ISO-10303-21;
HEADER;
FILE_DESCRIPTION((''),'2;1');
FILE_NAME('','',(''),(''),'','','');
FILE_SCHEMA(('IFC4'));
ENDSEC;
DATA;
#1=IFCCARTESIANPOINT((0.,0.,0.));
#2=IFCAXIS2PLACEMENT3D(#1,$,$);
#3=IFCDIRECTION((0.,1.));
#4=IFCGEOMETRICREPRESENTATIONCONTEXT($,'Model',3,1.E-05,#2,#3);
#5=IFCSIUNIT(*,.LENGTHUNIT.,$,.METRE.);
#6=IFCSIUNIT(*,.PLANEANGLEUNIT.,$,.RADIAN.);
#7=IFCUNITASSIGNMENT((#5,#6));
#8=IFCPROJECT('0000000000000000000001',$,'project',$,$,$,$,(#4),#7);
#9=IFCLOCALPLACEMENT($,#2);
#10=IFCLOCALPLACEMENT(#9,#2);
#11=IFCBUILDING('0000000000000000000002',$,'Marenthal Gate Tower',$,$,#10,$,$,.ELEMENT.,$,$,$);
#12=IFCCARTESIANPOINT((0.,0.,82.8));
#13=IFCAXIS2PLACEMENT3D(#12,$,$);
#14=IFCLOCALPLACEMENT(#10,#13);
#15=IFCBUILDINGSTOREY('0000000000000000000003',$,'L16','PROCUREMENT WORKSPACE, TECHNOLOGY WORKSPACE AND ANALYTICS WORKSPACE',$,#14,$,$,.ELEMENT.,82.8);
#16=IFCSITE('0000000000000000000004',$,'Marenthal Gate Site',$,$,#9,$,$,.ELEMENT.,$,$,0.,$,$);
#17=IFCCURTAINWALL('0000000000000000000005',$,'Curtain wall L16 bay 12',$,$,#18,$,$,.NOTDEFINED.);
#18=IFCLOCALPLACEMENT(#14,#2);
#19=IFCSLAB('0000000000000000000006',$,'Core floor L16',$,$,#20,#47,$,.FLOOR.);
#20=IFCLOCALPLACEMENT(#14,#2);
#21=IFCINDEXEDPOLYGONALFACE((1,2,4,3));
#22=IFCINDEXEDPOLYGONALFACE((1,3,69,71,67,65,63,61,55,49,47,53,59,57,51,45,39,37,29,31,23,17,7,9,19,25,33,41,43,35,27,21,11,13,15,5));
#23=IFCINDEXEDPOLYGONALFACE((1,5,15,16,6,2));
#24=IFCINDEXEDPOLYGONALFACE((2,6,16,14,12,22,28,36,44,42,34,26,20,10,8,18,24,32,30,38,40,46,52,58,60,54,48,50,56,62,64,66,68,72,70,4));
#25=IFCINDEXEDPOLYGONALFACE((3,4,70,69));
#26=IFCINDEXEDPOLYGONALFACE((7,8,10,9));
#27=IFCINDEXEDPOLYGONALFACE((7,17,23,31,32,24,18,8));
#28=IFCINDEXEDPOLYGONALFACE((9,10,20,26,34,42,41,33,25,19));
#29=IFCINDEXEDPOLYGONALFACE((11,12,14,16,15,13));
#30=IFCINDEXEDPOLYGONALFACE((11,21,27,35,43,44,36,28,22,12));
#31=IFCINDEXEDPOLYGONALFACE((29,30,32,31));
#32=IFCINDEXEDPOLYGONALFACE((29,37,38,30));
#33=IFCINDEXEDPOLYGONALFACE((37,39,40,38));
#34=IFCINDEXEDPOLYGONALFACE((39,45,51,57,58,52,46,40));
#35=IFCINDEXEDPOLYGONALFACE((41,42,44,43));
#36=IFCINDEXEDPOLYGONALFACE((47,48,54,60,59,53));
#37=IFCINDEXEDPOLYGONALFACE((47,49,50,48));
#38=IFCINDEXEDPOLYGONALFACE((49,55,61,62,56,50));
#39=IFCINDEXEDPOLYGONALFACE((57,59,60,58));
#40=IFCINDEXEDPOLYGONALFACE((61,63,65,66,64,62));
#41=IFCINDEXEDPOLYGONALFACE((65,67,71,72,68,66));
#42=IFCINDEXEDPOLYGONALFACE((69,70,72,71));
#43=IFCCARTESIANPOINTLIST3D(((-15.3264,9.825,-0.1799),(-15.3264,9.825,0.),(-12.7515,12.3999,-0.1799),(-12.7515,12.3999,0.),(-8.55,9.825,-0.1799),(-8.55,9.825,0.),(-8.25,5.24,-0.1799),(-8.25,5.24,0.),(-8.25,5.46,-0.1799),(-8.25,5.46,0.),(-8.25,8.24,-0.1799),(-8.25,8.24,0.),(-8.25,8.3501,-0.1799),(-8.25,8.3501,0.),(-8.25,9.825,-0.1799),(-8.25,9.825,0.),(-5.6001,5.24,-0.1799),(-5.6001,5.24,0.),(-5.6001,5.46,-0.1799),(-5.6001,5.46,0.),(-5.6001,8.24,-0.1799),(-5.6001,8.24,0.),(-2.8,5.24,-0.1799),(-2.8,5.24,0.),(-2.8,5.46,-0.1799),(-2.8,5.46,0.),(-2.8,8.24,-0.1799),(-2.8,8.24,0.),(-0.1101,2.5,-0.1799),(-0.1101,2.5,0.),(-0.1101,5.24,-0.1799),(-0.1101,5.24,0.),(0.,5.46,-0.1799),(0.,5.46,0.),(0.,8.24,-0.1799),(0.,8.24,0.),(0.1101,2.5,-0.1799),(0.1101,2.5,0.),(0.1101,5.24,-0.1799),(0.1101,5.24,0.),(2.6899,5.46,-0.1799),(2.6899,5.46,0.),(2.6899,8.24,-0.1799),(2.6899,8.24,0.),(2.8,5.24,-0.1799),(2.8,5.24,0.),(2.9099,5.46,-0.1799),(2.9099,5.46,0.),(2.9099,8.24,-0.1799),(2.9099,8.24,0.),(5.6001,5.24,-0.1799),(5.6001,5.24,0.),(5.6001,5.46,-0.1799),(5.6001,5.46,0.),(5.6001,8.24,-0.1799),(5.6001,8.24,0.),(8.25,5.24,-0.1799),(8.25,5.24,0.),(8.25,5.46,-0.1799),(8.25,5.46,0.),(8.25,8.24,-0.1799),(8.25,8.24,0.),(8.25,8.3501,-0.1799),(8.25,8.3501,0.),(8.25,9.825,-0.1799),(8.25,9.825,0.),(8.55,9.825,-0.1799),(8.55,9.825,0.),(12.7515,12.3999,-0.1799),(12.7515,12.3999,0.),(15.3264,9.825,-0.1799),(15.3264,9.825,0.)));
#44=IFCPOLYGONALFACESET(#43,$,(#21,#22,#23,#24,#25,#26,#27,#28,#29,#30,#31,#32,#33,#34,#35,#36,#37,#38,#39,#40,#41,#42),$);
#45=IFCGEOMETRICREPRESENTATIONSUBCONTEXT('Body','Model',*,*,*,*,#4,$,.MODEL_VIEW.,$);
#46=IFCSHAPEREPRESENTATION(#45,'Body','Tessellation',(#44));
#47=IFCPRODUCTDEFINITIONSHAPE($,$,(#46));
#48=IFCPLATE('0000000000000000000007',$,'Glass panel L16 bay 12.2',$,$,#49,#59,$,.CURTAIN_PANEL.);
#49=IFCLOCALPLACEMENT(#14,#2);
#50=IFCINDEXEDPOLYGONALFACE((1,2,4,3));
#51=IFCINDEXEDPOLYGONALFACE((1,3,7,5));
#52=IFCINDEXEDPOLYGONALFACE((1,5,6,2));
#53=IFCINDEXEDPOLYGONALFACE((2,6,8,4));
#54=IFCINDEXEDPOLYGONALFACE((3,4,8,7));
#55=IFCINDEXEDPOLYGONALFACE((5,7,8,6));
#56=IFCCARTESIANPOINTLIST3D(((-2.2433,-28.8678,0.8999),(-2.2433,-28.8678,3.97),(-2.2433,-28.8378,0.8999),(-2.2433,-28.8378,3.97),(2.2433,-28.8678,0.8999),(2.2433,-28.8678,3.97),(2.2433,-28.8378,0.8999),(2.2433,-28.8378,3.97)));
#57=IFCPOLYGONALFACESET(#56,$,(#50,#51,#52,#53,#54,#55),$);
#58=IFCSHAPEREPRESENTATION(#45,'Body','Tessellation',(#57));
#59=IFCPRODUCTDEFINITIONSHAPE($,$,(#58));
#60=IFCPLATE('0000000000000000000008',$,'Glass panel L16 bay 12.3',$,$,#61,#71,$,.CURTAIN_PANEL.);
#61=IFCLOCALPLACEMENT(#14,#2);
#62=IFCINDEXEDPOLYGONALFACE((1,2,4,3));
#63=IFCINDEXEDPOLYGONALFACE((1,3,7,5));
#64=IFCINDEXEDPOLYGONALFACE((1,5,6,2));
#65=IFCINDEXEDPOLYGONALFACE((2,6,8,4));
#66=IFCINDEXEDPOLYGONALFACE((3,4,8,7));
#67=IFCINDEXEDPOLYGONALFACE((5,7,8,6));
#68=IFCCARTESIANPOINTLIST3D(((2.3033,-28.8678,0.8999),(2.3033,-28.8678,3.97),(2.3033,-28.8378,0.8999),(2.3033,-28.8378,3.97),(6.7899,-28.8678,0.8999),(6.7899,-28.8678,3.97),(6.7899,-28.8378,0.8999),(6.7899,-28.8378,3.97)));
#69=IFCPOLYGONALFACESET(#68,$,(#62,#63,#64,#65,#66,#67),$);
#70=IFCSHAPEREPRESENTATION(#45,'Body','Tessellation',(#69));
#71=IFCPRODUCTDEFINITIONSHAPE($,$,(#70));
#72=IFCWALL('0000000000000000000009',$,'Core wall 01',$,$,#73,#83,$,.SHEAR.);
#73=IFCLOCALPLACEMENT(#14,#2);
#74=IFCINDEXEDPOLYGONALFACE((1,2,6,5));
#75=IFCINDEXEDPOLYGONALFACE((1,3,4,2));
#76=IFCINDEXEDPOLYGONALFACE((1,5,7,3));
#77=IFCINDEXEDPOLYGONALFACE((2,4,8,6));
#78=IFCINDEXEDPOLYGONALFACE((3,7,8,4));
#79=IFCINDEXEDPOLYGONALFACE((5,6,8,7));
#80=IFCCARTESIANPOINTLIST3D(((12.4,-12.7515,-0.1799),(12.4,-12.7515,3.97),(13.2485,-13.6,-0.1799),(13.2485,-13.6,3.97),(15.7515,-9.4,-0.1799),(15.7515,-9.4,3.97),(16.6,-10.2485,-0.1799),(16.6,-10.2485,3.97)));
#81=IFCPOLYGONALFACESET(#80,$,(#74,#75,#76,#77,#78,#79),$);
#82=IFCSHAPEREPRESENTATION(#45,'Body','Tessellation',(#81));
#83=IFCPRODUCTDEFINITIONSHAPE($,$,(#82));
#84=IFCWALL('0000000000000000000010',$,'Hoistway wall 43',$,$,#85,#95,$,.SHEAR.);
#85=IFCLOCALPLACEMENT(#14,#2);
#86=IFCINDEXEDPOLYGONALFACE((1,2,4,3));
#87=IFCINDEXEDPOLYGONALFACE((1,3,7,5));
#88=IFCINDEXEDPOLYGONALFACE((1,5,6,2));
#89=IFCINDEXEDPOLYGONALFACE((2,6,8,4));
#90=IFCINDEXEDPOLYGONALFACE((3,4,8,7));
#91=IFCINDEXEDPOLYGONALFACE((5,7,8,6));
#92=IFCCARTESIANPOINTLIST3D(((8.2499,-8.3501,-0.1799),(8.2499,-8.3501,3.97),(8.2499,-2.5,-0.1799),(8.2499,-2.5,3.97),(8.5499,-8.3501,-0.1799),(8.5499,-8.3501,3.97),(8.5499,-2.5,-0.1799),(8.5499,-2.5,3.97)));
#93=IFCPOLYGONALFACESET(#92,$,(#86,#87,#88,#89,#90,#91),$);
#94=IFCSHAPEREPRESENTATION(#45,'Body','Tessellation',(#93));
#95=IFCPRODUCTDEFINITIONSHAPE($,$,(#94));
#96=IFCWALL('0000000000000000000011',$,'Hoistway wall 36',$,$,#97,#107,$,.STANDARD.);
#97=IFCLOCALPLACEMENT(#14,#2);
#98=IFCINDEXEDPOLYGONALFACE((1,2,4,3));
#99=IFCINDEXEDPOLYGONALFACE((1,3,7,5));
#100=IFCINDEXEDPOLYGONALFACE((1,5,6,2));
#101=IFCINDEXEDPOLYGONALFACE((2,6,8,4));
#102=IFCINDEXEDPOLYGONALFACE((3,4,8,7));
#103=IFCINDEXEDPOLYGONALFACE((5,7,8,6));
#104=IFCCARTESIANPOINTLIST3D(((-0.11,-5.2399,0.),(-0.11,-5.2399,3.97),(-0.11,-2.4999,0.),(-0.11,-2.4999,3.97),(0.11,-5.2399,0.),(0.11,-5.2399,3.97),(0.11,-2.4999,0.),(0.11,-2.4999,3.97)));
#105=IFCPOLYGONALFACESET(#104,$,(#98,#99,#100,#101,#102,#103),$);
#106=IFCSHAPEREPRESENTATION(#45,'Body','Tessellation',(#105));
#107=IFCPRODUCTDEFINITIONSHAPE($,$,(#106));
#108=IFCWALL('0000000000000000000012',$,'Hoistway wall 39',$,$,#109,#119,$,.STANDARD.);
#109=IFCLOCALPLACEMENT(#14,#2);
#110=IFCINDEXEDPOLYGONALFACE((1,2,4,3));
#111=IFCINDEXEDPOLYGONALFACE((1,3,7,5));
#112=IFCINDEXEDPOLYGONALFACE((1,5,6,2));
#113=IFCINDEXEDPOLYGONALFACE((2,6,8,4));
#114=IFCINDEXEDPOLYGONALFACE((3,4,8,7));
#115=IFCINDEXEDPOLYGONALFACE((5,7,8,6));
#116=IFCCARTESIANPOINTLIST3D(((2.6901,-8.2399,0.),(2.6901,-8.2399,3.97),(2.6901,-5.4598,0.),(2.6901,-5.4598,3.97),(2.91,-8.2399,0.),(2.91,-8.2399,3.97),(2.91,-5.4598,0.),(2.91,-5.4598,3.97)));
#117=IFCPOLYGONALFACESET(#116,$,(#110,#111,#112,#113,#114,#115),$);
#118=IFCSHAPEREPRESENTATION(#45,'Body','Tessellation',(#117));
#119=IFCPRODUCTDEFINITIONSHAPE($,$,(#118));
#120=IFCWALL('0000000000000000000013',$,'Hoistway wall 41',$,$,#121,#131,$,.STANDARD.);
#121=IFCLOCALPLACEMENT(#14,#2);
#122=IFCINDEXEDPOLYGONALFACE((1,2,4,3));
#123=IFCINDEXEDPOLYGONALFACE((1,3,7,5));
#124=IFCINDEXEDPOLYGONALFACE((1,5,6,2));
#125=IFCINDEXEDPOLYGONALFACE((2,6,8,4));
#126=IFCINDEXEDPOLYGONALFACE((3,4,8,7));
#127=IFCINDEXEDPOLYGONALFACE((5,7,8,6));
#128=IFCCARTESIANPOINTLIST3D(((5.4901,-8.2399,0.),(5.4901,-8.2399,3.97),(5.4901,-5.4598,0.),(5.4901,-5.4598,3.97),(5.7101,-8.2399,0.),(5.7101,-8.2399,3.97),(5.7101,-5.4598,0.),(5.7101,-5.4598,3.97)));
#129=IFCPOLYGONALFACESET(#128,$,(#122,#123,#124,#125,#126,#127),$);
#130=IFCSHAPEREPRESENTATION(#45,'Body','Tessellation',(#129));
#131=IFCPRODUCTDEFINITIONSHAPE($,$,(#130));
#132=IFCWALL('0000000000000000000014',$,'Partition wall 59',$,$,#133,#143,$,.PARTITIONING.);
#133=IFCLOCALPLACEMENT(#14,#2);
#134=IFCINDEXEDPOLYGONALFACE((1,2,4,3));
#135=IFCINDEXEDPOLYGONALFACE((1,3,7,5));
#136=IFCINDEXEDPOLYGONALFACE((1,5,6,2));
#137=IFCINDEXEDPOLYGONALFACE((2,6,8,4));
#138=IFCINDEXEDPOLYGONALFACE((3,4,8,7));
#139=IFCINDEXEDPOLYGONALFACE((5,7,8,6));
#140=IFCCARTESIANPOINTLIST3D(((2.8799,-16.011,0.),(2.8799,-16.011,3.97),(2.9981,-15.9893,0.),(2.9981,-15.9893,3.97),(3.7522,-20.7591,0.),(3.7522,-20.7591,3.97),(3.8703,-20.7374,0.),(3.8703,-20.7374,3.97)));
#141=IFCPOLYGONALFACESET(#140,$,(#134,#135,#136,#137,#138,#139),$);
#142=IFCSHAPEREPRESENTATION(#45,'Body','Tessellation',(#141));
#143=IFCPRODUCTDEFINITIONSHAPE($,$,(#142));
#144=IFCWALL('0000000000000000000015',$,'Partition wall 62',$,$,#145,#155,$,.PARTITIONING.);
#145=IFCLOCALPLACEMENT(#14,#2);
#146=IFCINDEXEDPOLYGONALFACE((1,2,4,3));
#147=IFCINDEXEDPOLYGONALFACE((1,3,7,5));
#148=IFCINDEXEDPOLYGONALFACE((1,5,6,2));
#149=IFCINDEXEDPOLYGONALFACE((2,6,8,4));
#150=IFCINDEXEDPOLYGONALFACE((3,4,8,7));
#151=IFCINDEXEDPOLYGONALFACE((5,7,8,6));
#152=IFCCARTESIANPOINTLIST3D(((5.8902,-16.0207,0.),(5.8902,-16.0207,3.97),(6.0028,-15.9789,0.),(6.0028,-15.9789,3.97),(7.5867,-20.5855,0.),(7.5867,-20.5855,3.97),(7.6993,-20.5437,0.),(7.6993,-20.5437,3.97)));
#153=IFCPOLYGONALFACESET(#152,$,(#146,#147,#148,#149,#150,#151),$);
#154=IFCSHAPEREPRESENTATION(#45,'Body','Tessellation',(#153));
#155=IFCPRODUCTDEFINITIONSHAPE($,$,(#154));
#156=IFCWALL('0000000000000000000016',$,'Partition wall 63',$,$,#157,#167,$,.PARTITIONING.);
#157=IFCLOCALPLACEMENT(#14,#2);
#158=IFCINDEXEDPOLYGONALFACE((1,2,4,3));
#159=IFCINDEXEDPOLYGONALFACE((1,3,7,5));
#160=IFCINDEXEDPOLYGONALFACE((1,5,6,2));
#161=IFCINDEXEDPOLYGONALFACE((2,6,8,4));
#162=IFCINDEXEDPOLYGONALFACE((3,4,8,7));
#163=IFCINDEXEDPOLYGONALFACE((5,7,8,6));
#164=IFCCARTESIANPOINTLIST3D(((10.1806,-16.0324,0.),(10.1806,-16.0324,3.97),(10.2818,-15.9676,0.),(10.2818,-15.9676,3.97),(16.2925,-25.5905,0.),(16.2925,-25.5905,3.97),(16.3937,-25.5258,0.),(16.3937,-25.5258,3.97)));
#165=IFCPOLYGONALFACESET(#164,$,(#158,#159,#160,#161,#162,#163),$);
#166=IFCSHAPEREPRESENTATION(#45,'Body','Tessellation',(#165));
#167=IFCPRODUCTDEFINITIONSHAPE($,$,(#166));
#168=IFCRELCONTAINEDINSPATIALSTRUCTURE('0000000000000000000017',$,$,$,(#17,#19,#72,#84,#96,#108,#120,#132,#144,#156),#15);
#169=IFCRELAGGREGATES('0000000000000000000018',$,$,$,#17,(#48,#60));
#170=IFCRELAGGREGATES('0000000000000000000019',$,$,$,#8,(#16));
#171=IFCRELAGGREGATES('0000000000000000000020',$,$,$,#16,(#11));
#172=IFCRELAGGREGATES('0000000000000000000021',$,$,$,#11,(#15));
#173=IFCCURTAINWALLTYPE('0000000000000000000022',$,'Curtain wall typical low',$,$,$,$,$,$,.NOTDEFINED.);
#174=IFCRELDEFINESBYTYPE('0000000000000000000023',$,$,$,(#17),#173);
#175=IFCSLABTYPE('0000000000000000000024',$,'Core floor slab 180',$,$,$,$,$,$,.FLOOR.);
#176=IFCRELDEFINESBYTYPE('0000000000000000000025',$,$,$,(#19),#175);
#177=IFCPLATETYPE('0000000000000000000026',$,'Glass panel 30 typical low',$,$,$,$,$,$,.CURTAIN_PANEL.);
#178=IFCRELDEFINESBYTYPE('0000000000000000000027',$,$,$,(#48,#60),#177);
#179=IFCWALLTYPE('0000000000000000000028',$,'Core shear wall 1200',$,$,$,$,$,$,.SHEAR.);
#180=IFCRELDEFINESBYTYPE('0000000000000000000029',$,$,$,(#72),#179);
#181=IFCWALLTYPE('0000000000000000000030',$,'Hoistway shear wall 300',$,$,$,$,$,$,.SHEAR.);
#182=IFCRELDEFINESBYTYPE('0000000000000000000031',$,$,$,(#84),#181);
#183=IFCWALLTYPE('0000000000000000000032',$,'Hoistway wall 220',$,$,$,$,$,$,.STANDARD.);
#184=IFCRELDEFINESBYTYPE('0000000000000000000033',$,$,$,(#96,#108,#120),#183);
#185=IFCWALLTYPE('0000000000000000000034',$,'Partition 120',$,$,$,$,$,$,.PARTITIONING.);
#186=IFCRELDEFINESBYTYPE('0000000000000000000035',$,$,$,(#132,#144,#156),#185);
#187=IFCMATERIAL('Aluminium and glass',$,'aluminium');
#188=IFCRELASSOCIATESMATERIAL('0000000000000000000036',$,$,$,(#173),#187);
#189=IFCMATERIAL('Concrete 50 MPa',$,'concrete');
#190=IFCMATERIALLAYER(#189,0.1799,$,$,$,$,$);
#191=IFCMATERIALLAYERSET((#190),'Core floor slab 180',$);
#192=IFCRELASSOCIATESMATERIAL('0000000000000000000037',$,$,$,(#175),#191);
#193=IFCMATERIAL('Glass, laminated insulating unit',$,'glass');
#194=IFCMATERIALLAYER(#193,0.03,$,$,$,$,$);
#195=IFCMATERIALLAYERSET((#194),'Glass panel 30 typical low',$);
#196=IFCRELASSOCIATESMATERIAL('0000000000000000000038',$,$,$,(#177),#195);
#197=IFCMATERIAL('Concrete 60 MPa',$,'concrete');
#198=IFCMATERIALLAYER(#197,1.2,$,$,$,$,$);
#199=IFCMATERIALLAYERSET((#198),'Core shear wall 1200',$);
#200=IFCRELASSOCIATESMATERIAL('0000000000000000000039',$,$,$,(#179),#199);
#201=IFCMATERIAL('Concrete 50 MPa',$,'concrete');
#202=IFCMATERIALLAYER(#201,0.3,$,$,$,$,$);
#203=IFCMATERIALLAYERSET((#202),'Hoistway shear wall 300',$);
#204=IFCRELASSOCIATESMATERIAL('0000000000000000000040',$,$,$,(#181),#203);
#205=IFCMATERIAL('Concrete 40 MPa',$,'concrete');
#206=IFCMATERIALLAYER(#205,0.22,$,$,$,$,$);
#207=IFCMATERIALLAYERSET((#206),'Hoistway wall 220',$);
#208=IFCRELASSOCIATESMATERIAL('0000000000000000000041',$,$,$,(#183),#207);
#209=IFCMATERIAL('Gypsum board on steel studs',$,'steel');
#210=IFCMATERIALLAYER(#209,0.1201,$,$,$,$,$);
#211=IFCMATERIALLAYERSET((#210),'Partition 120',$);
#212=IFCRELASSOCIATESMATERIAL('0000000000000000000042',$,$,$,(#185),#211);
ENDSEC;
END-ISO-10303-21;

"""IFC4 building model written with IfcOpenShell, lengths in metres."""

from ifc_helpers import new_model, si_unit, direction, frame, frame_2d, origin, origin_2d, place, context, subcontext, project, spatial, polyline, rectangle, outline, extrude, material, layer, layer_set, type_object, element, aggregate, save


model = new_model("IFC4")

# Units and contexts
model_context = context("Model", 3, precision=1e-05, world=origin(), true_north=direction((0.0, 1.0)))
body_context = subcontext(model_context, "Body", "Model", "MODEL_VIEW")
ifc_project = project(units=[si_unit("LENGTHUNIT", "METRE"), si_unit("PLANEANGLEUNIT", "RADIAN")], contexts=[model_context])

# Site, building, storey
site_placement = place(None, origin())
site = spatial("IfcSite", under=ifc_project, at=site_placement, Name="Marenthal Gate Site", CompositionType="ELEMENT", RefElevation=0.0)
building_placement = place(site_placement, origin())
building = spatial("IfcBuilding", under=site, at=building_placement, Name="Marenthal Gate Tower", CompositionType="ELEMENT")
storey_placement = place(building_placement, frame((0.0, 0.0, 82.8)))
storey = spatial("IfcBuildingStorey", under=building, at=storey_placement, Name="L16", Description="PROCUREMENT WORKSPACE, TECHNOLOGY WORKSPACE AND ANALYTICS WORKSPACE", CompositionType="ELEMENT", Elevation=82.8)

# Curtain wall
ifc_material_1 = material(Name="Aluminium and glass", Category="aluminium")
curtain_wall_type = type_object("IfcCurtainWallType", Name="Curtain wall typical low", PredefinedType="NOTDEFINED", material=ifc_material_1)
curtain_wall_placement = place(storey_placement, origin())
curtain_wall = element("IfcCurtainWall", 1, at=curtain_wall_placement, inside=storey, type_object=curtain_wall_type, Name="Curtain wall L16 bay 12", PredefinedType="NOTDEFINED")

# Slab
ifc_material_2 = material(Name="Concrete 50 MPa", Category="concrete")
ifc_layer_1 = layer(ifc_material_2, 0.1799)
ifc_layer_set_1 = layer_set([ifc_layer_1], Name="Core floor slab 180")
slab_type_1 = type_object("IfcSlabType", Name="Core floor slab 180", PredefinedType="FLOOR", material=ifc_layer_set_1)
slab_1_placement = place(storey_placement, frame((0.0, 0.0, -0.1799)))
element("IfcSlab", 2, at=slab_1_placement, inside=storey, type_object=slab_type_1, Name="Core floor L16", PredefinedType="FLOOR", context=body_context, shape_type="SweptSolid", body=[
    extrude(outline(polyline([(12.7515, 12.3999), (15.3264, 9.825), (8.55, 9.825), (8.25, 9.825), (8.25, 8.3501), (8.25, 8.24), (5.6001, 8.24), (2.9099, 8.24), (2.9099, 5.46), (5.6001, 5.46), (8.25, 5.46), (8.25, 5.24), (5.6001, 5.24), (2.8, 5.24), (0.1101, 5.24), (0.1101, 2.5), (-0.1101, 2.5), (-0.1101, 5.24), (-2.8, 5.24), (-5.6001, 5.24), (-8.25, 5.24), (-8.25, 5.46), (-5.6001, 5.46), (-2.8, 5.46), (0.0, 5.46), (2.6899, 5.46), (2.6899, 8.24), (0.0, 8.24), (-2.8, 8.24), (-5.6001, 8.24), (-8.25, 8.24), (-8.25, 8.3501), (-8.25, 9.825), (-8.55, 9.825), (-15.3264, 9.825), (-12.7515, 12.3999), (12.7515, 12.3999)])), origin(), (0.0, 0.0, 1.0), 0.1799),
])

# Plates
ifc_material_3 = material(Name="Glass, laminated insulating unit", Category="glass")
ifc_layer_2 = layer(ifc_material_3, 0.03)
ifc_layer_set_2 = layer_set([ifc_layer_2], Name="Glass panel 30 typical low")
plate_type = type_object("IfcPlateType", Name="Glass panel 30 typical low", PredefinedType="CURTAIN_PANEL", material=ifc_layer_set_2)
plate_1_placement = place(storey_placement, frame((0.0, -28.8528, 0.8999), z_axis=(0.0, 0.0, 1.0), x_axis=(1.0, 0.0, 0.0)))
plate_1 = element("IfcPlate", 3, at=plate_1_placement, type_object=plate_type, Name="Glass panel L16 bay 12.2", PredefinedType="CURTAIN_PANEL", context=body_context, shape_type="SweptSolid", body=[
    extrude(rectangle(XDim=4.4866, YDim=0.03, at=origin_2d()), origin(), (0.0, 0.0, 1.0), 3.0701),
])
plate_2_placement = place(storey_placement, frame((4.5466, -28.8528, 0.8999), z_axis=(0.0, 0.0, 1.0), x_axis=(1.0, 0.0, 0.0)))
plate_2 = element("IfcPlate", 4, at=plate_2_placement, type_object=plate_type, Name="Glass panel L16 bay 12.3", PredefinedType="CURTAIN_PANEL", context=body_context, shape_type="SweptSolid", body=[
    extrude(rectangle(XDim=4.4866, YDim=0.03, at=origin_2d()), origin(), (0.0, 0.0, 1.0), 3.0701),
])
aggregate(curtain_wall, [plate_1, plate_2])

# Walls
ifc_material_4 = material(Name="Concrete 60 MPa", Category="concrete")
ifc_layer_3 = layer(ifc_material_4, 1.2)
ifc_layer_set_3 = layer_set([ifc_layer_3], Name="Core shear wall 1200")
wall_type_1 = type_object("IfcWallType", Name="Core shear wall 1200", PredefinedType="SHEAR", material=ifc_layer_set_3)
wall_1_placement = place(storey_placement, frame((12.8242, -13.1758, -0.1799), z_axis=(0.0, 0.0, 1.0), x_axis=(0.707107, 0.707107, 0.0)))
element("IfcWall", 5, at=wall_1_placement, inside=storey, type_object=wall_type_1, Name="Core wall 01", PredefinedType="SHEAR", context=body_context, shape_type="SweptSolid", body=[
    extrude(rectangle(XDim=4.7397, YDim=1.2, at=frame_2d((2.3699, 0.0))), origin(), (0.0, 0.0, 1.0), 4.1499),
])
ifc_material_5 = material(Name="Concrete 50 MPa", Category="concrete")
ifc_layer_4 = layer(ifc_material_5, 0.3)
ifc_layer_set_4 = layer_set([ifc_layer_4], Name="Hoistway shear wall 300")
wall_type_2 = type_object("IfcWallType", Name="Hoistway shear wall 300", PredefinedType="SHEAR", material=ifc_layer_set_4)
wall_2_placement = place(storey_placement, frame((8.3999, -8.3501, -0.1799), z_axis=(0.0, 0.0, 1.0), x_axis=(0.0, 1.0, 0.0)))
element("IfcWall", 6, at=wall_2_placement, inside=storey, type_object=wall_type_2, Name="Hoistway wall 43", PredefinedType="SHEAR", context=body_context, shape_type="SweptSolid", body=[
    extrude(rectangle(XDim=5.8501, YDim=0.3, at=frame_2d((2.925, 0.0))), origin(), (0.0, 0.0, 1.0), 4.1499),
])
ifc_material_6 = material(Name="Concrete 40 MPa", Category="concrete")
ifc_layer_5 = layer(ifc_material_6, 0.22)
ifc_layer_set_5 = layer_set([ifc_layer_5], Name="Hoistway wall 220")
wall_type_3 = type_object("IfcWallType", Name="Hoistway wall 220", PredefinedType="STANDARD", material=ifc_layer_set_5)
wall_3_placement = place(storey_placement, frame((0.0, -5.24, 0.0), z_axis=(0.0, 0.0, 1.0), x_axis=(0.0, 1.0, 0.0)))
element("IfcWall", 7, at=wall_3_placement, inside=storey, type_object=wall_type_3, Name="Hoistway wall 36", PredefinedType="STANDARD", context=body_context, shape_type="SweptSolid", body=[
    extrude(rectangle(XDim=2.74, YDim=0.22, at=frame_2d((1.3701, 0.0))), origin(), (0.0, 0.0, 1.0), 3.97),
])
for number, where, z_axis, x_axis, name in (
    (8, (2.8, -8.24, 0.0), (0.0, 0.0, 1.0), (0.0, 1.0, 0.0), "Hoistway wall 39"),
    (9, (5.6001, -8.24, 0.0), (0.0, 0.0, 1.0), (0.0, 1.0, 0.0), "Hoistway wall 41"),
):
    element("IfcWall", number, at=place(storey_placement, frame(where, z_axis=z_axis, x_axis=x_axis)), inside=storey, type_object=wall_type_3, Name=name, PredefinedType="STANDARD", context=body_context, shape_type="SweptSolid", body=[
        extrude(rectangle(XDim=2.78, YDim=0.22, at=frame_2d((1.3901, 0.0))), origin(), (0.0, 0.0, 1.0), 3.97),
    ])
ifc_material_7 = material(Name="Gypsum board on steel studs", Category="steel")
ifc_layer_6 = layer(ifc_material_7, 0.1201)
ifc_layer_set_6 = layer_set([ifc_layer_6], Name="Partition 120")
wall_type_4 = type_object("IfcWallType", Name="Partition 120", PredefinedType="PARTITIONING", material=ifc_layer_set_6)
wall_4_placement = place(storey_placement, frame((3.8113, -20.7483, 0.0), z_axis=(0.0, 0.0, 1.0), x_axis=(-0.180687, 0.983541, 0.0)))
element("IfcWall", 10, at=wall_4_placement, inside=storey, type_object=wall_type_4, Name="Partition wall 59", PredefinedType="PARTITIONING", context=body_context, shape_type="SweptSolid", body=[
    extrude(rectangle(XDim=4.8276, YDim=0.1201, at=frame_2d((2.4138, 0.0))), origin(), (0.0, 0.0, 1.0), 3.97),
])
wall_5_placement = place(storey_placement, frame((7.6431, -20.5647, 0.0), z_axis=(0.0, 0.0, 1.0), x_axis=(-0.34838, 0.937353, 0.0)))
element("IfcWall", 11, at=wall_5_placement, inside=storey, type_object=wall_type_4, Name="Partition wall 62", PredefinedType="PARTITIONING", context=body_context, shape_type="SweptSolid", body=[
    extrude(rectangle(XDim=4.8699, YDim=0.1201, at=frame_2d((2.4351, 0.0))), origin(), (0.0, 0.0, 1.0), 3.97),
])
wall_6_placement = place(storey_placement, frame((10.2312, -16.0, 0.0), z_axis=(0.0, 0.0, 1.0), x_axis=(0.538718, -0.842486, 0.0)))
element("IfcWall", 12, at=wall_6_placement, inside=storey, type_object=wall_type_4, Name="Partition wall 63", PredefinedType="PARTITIONING", context=body_context, shape_type="SweptSolid", body=[
    extrude(rectangle(XDim=11.3452, YDim=0.1201, at=frame_2d((5.6726, 0.0))), origin(), (0.0, 0.0, 1.0), 3.97),
])

save(model, "model.ifc")
